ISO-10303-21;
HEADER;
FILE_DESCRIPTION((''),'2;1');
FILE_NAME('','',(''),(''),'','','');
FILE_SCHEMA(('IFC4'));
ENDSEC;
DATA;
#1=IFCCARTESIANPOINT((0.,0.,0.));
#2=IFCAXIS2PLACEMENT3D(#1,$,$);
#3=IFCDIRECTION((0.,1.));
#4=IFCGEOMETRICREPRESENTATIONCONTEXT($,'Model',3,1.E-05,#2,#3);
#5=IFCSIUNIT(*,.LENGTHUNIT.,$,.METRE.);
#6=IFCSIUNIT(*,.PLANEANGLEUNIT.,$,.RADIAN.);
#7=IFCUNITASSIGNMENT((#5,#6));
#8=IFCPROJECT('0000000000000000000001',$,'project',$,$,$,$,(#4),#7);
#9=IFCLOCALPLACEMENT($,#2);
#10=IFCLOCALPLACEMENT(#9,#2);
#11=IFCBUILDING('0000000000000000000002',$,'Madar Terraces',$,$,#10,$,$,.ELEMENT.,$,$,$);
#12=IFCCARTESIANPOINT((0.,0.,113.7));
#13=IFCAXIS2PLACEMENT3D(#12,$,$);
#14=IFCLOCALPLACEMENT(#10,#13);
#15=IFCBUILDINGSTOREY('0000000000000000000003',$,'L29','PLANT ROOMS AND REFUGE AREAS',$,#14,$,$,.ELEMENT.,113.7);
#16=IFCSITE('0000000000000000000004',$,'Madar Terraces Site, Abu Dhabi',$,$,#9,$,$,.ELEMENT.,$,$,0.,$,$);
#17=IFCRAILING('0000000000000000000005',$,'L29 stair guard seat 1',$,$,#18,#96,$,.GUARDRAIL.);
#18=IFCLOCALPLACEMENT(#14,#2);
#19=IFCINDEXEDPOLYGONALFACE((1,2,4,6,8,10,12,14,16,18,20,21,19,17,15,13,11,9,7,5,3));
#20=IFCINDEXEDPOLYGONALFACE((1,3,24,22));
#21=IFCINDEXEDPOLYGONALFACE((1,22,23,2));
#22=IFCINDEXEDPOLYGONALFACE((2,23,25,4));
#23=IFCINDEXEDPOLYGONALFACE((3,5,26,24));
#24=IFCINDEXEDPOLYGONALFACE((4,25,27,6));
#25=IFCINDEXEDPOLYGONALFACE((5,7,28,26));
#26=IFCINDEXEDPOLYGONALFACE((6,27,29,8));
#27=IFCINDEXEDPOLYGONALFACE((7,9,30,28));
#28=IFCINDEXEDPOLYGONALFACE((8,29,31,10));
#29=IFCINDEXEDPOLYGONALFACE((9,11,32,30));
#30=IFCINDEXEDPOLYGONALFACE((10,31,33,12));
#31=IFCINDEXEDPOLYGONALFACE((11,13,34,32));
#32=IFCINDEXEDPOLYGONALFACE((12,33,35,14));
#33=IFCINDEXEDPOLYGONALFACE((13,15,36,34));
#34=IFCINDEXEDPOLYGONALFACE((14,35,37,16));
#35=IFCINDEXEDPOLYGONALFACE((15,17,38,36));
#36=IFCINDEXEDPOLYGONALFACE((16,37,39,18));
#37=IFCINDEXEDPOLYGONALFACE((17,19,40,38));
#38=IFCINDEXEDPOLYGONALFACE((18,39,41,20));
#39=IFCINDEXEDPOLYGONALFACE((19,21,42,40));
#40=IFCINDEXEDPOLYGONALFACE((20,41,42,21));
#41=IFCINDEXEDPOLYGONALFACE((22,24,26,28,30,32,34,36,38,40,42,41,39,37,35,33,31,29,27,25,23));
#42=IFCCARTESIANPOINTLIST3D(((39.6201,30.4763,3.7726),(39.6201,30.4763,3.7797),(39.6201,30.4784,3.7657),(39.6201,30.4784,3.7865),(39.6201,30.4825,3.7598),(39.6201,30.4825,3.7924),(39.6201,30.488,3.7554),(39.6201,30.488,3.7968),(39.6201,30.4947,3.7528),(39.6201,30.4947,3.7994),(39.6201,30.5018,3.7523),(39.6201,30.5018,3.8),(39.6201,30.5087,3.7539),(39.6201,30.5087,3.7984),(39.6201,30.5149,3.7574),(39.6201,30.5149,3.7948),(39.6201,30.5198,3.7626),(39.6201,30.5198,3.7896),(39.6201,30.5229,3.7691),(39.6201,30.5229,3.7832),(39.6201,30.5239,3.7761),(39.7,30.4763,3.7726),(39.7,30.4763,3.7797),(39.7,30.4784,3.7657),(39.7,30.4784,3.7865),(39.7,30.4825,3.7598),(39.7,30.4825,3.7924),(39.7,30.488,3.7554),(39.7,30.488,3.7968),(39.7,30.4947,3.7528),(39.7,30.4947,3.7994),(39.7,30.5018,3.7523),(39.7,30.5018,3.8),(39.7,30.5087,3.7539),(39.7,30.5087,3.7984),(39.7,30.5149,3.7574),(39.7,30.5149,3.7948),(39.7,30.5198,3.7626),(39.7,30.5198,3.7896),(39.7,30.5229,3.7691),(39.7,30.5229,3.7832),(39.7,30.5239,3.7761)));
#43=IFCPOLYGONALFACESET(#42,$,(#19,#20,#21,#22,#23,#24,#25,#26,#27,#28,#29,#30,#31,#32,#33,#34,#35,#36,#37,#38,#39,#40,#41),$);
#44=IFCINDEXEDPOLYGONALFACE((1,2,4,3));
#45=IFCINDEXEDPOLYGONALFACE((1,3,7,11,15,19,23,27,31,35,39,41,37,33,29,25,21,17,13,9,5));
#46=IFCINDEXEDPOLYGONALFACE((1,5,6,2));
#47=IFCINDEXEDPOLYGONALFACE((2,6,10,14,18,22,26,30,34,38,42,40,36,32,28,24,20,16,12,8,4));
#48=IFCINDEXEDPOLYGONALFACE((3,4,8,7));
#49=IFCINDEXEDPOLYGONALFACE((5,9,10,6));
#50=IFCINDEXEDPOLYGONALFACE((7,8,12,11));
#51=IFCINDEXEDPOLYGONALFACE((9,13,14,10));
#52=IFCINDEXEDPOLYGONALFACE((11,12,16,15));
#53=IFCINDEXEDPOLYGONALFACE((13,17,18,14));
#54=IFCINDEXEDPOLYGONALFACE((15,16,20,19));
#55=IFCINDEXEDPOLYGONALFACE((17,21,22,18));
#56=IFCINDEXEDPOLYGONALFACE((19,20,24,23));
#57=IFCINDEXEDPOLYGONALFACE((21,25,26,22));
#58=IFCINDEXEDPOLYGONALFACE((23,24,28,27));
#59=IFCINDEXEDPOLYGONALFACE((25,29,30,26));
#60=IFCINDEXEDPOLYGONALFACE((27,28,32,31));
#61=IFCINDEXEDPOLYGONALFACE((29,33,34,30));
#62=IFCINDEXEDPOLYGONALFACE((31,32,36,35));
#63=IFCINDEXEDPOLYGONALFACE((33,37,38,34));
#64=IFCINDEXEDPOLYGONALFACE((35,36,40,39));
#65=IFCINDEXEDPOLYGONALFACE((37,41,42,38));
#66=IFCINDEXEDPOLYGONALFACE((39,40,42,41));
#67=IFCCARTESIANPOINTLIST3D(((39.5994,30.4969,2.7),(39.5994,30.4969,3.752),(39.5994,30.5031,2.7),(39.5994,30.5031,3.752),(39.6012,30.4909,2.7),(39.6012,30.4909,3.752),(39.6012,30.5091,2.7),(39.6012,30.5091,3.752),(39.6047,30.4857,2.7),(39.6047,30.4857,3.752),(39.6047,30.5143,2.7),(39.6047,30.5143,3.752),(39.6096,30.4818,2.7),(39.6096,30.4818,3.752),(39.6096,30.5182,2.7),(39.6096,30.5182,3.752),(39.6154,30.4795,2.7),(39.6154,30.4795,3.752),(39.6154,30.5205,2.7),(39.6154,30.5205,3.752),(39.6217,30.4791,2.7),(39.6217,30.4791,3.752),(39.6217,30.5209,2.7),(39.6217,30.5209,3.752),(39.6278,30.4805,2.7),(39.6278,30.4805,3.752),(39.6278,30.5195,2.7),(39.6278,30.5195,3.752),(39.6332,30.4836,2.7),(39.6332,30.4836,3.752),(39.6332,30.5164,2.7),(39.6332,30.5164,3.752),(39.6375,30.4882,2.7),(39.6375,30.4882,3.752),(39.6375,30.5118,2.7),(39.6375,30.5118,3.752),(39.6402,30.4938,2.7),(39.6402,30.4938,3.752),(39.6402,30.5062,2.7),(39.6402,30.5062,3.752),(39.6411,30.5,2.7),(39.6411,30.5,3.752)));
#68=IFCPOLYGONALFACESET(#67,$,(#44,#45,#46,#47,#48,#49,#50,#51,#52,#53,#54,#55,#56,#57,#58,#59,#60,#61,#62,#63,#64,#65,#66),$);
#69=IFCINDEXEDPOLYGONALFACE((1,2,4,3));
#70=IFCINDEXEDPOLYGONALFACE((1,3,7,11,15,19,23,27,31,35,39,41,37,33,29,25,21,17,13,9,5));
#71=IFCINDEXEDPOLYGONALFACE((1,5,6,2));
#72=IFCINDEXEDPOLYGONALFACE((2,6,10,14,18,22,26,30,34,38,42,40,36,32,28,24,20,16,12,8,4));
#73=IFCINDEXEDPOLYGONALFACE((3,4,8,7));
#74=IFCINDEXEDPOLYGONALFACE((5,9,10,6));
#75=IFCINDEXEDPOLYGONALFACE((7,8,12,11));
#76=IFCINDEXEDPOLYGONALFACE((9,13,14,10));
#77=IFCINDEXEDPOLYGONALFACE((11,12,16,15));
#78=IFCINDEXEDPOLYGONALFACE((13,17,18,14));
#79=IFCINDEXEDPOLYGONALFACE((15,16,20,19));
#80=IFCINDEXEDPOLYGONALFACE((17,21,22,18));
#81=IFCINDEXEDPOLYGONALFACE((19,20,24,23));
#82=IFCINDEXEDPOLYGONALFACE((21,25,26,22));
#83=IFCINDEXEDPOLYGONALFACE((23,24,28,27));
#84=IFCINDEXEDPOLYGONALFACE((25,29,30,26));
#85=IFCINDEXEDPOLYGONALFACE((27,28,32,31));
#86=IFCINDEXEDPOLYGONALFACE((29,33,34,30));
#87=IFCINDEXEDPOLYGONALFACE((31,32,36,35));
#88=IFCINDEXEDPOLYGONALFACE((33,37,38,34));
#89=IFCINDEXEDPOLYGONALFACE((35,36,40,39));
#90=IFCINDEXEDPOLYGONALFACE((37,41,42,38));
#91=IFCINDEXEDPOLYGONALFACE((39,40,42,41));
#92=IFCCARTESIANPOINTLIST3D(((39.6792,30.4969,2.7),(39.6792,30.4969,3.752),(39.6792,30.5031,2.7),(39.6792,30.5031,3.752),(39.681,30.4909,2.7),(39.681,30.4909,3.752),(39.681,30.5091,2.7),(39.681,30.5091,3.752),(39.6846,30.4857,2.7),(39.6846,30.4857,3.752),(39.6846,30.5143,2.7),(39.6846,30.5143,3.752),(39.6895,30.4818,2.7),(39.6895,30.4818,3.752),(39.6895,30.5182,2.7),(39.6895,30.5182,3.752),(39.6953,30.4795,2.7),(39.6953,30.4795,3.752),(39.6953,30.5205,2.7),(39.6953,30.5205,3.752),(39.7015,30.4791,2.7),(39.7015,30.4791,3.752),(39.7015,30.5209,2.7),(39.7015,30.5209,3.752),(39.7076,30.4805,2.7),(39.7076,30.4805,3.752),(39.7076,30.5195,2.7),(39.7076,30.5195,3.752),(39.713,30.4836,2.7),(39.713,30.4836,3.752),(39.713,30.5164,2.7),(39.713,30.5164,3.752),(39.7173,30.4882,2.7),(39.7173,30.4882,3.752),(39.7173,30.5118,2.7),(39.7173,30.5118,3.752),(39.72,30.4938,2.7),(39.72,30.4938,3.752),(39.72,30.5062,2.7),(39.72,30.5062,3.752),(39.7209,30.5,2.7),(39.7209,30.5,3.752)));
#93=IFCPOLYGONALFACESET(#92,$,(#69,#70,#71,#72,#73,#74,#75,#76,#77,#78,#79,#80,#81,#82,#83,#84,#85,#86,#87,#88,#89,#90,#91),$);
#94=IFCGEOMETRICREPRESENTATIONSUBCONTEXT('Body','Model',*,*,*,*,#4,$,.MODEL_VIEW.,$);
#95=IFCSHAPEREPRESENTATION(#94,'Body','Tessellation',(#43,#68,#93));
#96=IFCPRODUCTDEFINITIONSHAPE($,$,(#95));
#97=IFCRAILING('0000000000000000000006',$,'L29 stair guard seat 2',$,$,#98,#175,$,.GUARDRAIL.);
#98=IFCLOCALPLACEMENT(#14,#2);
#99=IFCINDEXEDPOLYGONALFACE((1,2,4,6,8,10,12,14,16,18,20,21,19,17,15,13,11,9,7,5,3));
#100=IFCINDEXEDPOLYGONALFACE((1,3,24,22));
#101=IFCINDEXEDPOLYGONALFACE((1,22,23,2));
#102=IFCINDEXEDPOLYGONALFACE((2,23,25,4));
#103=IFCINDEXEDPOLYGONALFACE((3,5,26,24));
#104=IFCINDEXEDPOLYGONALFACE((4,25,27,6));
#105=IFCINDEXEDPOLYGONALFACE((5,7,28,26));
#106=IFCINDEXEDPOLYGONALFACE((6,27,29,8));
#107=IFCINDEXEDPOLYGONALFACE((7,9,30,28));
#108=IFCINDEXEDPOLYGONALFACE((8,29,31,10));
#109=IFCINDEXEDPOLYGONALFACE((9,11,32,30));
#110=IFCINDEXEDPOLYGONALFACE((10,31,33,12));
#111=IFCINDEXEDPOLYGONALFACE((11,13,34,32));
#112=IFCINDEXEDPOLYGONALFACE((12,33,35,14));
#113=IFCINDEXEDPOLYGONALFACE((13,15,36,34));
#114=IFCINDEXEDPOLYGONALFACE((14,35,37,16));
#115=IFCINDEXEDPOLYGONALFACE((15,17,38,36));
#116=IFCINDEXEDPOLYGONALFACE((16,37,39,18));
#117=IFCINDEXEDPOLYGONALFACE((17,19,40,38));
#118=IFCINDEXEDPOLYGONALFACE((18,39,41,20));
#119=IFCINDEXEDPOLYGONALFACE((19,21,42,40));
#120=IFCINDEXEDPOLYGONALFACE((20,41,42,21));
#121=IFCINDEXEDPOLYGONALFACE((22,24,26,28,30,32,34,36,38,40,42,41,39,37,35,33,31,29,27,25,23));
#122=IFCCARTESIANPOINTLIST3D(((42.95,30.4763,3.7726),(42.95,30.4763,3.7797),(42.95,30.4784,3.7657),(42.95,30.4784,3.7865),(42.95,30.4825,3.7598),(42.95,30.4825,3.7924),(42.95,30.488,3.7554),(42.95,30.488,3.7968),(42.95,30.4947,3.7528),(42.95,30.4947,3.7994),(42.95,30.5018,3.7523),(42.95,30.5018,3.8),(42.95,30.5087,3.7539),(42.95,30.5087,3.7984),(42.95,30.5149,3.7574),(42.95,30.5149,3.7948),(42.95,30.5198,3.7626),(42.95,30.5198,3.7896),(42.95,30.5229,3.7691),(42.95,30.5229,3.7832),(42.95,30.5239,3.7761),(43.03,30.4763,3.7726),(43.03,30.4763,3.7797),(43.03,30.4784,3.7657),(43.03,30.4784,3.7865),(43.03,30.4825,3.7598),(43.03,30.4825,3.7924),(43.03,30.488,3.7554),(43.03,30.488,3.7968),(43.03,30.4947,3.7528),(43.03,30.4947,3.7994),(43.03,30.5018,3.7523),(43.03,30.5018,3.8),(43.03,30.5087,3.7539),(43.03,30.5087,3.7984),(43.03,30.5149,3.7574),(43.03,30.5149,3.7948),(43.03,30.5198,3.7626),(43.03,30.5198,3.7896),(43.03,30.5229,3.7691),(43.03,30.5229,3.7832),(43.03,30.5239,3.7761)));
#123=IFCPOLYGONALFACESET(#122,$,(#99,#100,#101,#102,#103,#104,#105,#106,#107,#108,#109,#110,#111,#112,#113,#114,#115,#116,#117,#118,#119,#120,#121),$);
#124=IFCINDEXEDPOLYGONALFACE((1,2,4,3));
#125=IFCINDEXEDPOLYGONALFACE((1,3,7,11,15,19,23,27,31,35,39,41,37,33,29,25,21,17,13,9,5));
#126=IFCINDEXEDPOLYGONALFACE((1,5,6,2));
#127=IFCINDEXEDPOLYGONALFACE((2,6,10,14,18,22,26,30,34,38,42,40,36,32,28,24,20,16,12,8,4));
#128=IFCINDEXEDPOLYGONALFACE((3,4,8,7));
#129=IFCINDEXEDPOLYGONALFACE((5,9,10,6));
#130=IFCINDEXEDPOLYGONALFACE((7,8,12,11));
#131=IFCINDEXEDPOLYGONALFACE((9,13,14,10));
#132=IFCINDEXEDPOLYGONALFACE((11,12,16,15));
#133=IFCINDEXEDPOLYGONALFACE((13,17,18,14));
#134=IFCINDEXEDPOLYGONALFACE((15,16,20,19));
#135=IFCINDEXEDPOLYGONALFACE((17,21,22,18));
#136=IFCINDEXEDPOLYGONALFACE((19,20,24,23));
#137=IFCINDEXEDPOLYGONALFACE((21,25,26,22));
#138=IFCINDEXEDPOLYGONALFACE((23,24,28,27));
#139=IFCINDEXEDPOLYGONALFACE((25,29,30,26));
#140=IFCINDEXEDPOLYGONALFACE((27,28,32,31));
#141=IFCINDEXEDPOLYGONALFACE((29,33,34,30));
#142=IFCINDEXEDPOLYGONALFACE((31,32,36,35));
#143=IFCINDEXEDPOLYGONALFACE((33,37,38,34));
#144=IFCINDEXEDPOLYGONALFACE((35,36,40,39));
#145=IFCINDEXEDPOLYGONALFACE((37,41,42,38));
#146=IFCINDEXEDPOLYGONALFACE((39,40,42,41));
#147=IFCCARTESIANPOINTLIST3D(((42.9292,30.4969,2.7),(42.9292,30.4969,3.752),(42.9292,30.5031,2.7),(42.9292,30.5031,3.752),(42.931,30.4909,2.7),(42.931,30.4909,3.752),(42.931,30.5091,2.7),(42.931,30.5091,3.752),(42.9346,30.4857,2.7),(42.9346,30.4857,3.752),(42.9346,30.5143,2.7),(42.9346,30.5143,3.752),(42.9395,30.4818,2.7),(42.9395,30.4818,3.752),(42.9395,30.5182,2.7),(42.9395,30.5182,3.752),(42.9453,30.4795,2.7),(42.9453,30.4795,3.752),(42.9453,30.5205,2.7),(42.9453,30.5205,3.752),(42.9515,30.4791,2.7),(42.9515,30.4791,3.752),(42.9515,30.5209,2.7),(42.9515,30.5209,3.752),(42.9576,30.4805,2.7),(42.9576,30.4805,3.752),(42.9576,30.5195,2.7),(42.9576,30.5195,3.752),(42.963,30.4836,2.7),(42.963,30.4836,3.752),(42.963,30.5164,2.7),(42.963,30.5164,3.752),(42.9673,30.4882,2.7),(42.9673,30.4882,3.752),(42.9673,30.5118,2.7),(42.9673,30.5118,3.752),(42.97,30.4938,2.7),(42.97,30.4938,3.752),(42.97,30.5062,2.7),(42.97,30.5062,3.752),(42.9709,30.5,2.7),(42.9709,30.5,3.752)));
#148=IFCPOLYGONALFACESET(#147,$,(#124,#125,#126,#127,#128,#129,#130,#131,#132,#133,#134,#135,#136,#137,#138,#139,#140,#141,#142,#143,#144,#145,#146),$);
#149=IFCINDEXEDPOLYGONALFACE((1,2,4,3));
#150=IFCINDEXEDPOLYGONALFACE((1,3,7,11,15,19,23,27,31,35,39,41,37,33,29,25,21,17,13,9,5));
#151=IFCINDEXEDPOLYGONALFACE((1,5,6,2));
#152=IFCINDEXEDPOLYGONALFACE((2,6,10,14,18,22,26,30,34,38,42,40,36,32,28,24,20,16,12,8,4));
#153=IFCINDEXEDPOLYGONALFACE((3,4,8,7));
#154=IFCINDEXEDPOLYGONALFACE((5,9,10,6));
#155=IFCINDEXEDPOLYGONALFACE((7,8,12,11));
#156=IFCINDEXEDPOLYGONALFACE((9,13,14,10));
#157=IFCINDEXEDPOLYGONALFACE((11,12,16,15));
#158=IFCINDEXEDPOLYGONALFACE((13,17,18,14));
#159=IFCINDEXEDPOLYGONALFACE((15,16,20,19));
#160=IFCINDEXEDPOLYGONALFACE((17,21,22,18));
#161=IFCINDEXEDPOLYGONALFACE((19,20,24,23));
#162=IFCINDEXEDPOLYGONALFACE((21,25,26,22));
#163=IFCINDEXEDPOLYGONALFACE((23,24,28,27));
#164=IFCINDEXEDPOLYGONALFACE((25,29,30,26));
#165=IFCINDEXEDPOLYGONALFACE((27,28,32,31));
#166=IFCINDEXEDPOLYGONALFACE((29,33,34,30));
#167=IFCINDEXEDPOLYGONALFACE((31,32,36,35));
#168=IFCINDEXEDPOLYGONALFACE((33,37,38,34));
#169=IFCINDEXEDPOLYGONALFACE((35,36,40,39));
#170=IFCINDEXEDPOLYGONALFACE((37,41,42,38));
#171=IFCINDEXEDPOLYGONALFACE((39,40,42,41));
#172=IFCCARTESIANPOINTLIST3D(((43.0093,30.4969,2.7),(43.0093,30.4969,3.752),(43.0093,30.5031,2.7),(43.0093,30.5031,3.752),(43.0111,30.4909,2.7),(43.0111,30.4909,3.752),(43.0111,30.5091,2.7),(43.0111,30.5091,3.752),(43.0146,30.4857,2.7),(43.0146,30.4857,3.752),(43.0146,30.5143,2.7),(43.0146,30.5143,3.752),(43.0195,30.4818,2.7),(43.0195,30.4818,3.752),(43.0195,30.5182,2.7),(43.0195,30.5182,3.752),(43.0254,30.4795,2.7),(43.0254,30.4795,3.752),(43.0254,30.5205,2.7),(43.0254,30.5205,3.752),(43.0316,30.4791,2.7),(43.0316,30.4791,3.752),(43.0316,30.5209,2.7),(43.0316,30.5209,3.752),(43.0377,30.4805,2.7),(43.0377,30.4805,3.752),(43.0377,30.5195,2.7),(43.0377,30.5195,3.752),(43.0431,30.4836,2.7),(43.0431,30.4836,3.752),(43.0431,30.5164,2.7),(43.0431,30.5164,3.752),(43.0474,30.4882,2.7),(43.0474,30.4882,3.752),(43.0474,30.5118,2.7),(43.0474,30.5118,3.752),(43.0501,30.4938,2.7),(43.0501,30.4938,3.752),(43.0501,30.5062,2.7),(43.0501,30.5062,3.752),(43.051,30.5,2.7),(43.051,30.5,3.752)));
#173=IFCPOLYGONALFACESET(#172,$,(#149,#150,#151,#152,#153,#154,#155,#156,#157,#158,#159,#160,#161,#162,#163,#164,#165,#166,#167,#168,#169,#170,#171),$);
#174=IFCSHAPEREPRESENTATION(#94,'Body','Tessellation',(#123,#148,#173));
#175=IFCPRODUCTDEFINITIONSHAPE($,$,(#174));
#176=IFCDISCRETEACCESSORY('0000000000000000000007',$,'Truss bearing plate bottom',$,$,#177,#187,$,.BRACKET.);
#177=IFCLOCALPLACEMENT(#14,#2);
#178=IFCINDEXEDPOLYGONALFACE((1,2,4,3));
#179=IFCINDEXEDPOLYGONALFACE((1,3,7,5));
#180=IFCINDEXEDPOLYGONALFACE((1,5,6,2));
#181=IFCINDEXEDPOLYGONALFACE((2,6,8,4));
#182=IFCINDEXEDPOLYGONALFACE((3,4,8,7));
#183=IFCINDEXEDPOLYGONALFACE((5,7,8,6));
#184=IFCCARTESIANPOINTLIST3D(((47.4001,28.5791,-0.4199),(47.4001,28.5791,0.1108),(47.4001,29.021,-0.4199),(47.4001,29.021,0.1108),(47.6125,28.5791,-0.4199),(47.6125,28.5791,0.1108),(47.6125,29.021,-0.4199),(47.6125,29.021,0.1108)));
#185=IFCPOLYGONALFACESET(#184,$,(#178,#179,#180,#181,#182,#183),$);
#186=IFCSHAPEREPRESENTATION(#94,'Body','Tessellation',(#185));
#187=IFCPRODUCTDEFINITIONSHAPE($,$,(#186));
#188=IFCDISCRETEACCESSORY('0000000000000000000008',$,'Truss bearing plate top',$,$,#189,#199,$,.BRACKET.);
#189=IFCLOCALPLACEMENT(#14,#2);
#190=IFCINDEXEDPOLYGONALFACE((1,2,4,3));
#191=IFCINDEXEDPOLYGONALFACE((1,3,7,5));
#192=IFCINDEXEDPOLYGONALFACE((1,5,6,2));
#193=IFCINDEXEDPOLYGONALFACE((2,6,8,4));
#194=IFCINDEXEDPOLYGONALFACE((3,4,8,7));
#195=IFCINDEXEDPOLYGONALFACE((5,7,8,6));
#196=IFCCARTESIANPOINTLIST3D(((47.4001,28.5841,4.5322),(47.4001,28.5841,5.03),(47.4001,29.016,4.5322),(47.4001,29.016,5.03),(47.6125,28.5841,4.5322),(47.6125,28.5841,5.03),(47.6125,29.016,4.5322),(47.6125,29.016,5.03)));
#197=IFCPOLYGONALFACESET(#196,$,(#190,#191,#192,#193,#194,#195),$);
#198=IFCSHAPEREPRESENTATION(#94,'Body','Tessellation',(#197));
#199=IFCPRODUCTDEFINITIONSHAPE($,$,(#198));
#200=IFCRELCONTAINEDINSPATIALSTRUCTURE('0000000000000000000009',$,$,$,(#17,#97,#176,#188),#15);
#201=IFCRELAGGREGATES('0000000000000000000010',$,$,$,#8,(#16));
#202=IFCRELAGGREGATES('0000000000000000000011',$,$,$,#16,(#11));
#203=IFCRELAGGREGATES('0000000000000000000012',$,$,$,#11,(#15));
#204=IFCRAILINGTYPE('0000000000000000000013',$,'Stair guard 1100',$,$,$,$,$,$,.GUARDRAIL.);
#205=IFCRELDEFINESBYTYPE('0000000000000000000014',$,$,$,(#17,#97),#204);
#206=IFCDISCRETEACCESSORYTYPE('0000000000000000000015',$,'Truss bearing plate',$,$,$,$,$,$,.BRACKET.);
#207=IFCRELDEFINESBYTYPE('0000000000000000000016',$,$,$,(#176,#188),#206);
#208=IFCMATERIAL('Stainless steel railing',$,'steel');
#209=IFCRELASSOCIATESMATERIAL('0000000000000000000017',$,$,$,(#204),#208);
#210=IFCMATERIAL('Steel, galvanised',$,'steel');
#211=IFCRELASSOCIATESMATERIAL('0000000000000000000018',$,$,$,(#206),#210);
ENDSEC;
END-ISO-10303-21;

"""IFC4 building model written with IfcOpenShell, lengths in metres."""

from ifc_helpers import new_model, si_unit, direction, frame, origin, origin_2d, place, context, subcontext, project, spatial, rectangle, circle, extrude, material, type_object, element, save


model = new_model("IFC4")

# Units and contexts
model_context = context("Model", 3, precision=1e-05, world=origin(), true_north=direction((0.0, 1.0)))
body_context = subcontext(model_context, "Body", "Model", "MODEL_VIEW")
ifc_project = project(units=[si_unit("LENGTHUNIT", "METRE"), si_unit("PLANEANGLEUNIT", "RADIAN")], contexts=[model_context])

# Site, building, storey
site_placement = place(None, origin())
site = spatial("IfcSite", under=ifc_project, at=site_placement, Name="Madar Terraces Site, Abu Dhabi", CompositionType="ELEMENT", RefElevation=0.0)
building_placement = place(site_placement, origin())
building = spatial("IfcBuilding", under=site, at=building_placement, Name="Madar Terraces", CompositionType="ELEMENT")
storey_placement = place(building_placement, frame((0.0, 0.0, 113.7)))
storey = spatial("IfcBuildingStorey", under=building, at=storey_placement, Name="L29", Description="PLANT ROOMS AND REFUGE AREAS", CompositionType="ELEMENT", Elevation=113.7)

# Railings
ifc_material_1 = material(Name="Stainless steel railing", Category="steel")
railing_type_1 = type_object("IfcRailingType", Name="Stair guard 1100", PredefinedType="GUARDRAIL", material=ifc_material_1)
railing_1_placement = place(storey_placement, frame((39.6201, 30.5, 2.7)))
element("IfcRailing", 1, at=railing_1_placement, inside=storey, type_object=railing_type_1, Name="L29 stair guard seat 1", PredefinedType="GUARDRAIL", context=body_context, shape_type="SweptSolid", body=[
    extrude(circle(Radius=0.0239, at=origin_2d()), frame((0.0, 0.0, 1.0762), z_axis=(1.0, 0.0, 0.0), x_axis=(0.0, 1.0, 0.0)), (0.0, 0.0, 1.0), 0.0798),
    extrude(circle(Radius=0.021, at=origin_2d()), origin(), (0.0, 0.0, 1.0), 1.052),
    extrude(circle(Radius=0.021, at=origin_2d()), frame((0.0798, 0.0, 0.0)), (0.0, 0.0, 1.0), 1.052),
])
railing_2_placement = place(storey_placement, frame((42.95, 30.5, 2.7)))
element("IfcRailing", 2, at=railing_2_placement, inside=storey, type_object=railing_type_1, Name="L29 stair guard seat 2", PredefinedType="GUARDRAIL", context=body_context, shape_type="SweptSolid", body=[
    extrude(circle(Radius=0.0239, at=origin_2d()), frame((0.0, 0.0, 1.0762), z_axis=(1.0, 0.0, 0.0), x_axis=(0.0, 1.0, 0.0)), (0.0, 0.0, 1.0), 0.0801),
    extrude(circle(Radius=0.021, at=origin_2d()), origin(), (0.0, 0.0, 1.0), 1.052),
    extrude(circle(Radius=0.021, at=origin_2d()), frame((0.0801, 0.0, 0.0)), (0.0, 0.0, 1.0), 1.052),
])

# Discrete accessories
ifc_material_2 = material(Name="Steel, galvanised", Category="steel")
discrete_accessory_type = type_object("IfcDiscreteAccessoryType", Name="Truss bearing plate", PredefinedType="BRACKET", material=ifc_material_2)
discrete_accessory_1_placement = place(storey_placement, frame((47.5063, 28.8, -0.4199), z_axis=(0.0, 0.0, 1.0), x_axis=(1.0, 0.0, 0.0)))
element("IfcDiscreteAccessory", 3, at=discrete_accessory_1_placement, inside=storey, type_object=discrete_accessory_type, Name="Truss bearing plate bottom", PredefinedType="BRACKET", context=body_context, shape_type="SweptSolid", body=[
    extrude(rectangle(XDim=0.2124, YDim=0.4419, at=origin_2d()), origin(), (0.0, 0.0, 1.0), 0.5308),
])
discrete_accessory_2_placement = place(storey_placement, frame((47.5063, 28.8, 4.5322), z_axis=(0.0, 0.0, 1.0), x_axis=(1.0, 0.0, 0.0)))
element("IfcDiscreteAccessory", 4, at=discrete_accessory_2_placement, inside=storey, type_object=discrete_accessory_type, Name="Truss bearing plate top", PredefinedType="BRACKET", context=body_context, shape_type="SweptSolid", body=[
    extrude(rectangle(XDim=0.2124, YDim=0.4319, at=origin_2d()), origin(), (0.0, 0.0, 1.0), 0.4978),
])

save(model, "model.ifc")
